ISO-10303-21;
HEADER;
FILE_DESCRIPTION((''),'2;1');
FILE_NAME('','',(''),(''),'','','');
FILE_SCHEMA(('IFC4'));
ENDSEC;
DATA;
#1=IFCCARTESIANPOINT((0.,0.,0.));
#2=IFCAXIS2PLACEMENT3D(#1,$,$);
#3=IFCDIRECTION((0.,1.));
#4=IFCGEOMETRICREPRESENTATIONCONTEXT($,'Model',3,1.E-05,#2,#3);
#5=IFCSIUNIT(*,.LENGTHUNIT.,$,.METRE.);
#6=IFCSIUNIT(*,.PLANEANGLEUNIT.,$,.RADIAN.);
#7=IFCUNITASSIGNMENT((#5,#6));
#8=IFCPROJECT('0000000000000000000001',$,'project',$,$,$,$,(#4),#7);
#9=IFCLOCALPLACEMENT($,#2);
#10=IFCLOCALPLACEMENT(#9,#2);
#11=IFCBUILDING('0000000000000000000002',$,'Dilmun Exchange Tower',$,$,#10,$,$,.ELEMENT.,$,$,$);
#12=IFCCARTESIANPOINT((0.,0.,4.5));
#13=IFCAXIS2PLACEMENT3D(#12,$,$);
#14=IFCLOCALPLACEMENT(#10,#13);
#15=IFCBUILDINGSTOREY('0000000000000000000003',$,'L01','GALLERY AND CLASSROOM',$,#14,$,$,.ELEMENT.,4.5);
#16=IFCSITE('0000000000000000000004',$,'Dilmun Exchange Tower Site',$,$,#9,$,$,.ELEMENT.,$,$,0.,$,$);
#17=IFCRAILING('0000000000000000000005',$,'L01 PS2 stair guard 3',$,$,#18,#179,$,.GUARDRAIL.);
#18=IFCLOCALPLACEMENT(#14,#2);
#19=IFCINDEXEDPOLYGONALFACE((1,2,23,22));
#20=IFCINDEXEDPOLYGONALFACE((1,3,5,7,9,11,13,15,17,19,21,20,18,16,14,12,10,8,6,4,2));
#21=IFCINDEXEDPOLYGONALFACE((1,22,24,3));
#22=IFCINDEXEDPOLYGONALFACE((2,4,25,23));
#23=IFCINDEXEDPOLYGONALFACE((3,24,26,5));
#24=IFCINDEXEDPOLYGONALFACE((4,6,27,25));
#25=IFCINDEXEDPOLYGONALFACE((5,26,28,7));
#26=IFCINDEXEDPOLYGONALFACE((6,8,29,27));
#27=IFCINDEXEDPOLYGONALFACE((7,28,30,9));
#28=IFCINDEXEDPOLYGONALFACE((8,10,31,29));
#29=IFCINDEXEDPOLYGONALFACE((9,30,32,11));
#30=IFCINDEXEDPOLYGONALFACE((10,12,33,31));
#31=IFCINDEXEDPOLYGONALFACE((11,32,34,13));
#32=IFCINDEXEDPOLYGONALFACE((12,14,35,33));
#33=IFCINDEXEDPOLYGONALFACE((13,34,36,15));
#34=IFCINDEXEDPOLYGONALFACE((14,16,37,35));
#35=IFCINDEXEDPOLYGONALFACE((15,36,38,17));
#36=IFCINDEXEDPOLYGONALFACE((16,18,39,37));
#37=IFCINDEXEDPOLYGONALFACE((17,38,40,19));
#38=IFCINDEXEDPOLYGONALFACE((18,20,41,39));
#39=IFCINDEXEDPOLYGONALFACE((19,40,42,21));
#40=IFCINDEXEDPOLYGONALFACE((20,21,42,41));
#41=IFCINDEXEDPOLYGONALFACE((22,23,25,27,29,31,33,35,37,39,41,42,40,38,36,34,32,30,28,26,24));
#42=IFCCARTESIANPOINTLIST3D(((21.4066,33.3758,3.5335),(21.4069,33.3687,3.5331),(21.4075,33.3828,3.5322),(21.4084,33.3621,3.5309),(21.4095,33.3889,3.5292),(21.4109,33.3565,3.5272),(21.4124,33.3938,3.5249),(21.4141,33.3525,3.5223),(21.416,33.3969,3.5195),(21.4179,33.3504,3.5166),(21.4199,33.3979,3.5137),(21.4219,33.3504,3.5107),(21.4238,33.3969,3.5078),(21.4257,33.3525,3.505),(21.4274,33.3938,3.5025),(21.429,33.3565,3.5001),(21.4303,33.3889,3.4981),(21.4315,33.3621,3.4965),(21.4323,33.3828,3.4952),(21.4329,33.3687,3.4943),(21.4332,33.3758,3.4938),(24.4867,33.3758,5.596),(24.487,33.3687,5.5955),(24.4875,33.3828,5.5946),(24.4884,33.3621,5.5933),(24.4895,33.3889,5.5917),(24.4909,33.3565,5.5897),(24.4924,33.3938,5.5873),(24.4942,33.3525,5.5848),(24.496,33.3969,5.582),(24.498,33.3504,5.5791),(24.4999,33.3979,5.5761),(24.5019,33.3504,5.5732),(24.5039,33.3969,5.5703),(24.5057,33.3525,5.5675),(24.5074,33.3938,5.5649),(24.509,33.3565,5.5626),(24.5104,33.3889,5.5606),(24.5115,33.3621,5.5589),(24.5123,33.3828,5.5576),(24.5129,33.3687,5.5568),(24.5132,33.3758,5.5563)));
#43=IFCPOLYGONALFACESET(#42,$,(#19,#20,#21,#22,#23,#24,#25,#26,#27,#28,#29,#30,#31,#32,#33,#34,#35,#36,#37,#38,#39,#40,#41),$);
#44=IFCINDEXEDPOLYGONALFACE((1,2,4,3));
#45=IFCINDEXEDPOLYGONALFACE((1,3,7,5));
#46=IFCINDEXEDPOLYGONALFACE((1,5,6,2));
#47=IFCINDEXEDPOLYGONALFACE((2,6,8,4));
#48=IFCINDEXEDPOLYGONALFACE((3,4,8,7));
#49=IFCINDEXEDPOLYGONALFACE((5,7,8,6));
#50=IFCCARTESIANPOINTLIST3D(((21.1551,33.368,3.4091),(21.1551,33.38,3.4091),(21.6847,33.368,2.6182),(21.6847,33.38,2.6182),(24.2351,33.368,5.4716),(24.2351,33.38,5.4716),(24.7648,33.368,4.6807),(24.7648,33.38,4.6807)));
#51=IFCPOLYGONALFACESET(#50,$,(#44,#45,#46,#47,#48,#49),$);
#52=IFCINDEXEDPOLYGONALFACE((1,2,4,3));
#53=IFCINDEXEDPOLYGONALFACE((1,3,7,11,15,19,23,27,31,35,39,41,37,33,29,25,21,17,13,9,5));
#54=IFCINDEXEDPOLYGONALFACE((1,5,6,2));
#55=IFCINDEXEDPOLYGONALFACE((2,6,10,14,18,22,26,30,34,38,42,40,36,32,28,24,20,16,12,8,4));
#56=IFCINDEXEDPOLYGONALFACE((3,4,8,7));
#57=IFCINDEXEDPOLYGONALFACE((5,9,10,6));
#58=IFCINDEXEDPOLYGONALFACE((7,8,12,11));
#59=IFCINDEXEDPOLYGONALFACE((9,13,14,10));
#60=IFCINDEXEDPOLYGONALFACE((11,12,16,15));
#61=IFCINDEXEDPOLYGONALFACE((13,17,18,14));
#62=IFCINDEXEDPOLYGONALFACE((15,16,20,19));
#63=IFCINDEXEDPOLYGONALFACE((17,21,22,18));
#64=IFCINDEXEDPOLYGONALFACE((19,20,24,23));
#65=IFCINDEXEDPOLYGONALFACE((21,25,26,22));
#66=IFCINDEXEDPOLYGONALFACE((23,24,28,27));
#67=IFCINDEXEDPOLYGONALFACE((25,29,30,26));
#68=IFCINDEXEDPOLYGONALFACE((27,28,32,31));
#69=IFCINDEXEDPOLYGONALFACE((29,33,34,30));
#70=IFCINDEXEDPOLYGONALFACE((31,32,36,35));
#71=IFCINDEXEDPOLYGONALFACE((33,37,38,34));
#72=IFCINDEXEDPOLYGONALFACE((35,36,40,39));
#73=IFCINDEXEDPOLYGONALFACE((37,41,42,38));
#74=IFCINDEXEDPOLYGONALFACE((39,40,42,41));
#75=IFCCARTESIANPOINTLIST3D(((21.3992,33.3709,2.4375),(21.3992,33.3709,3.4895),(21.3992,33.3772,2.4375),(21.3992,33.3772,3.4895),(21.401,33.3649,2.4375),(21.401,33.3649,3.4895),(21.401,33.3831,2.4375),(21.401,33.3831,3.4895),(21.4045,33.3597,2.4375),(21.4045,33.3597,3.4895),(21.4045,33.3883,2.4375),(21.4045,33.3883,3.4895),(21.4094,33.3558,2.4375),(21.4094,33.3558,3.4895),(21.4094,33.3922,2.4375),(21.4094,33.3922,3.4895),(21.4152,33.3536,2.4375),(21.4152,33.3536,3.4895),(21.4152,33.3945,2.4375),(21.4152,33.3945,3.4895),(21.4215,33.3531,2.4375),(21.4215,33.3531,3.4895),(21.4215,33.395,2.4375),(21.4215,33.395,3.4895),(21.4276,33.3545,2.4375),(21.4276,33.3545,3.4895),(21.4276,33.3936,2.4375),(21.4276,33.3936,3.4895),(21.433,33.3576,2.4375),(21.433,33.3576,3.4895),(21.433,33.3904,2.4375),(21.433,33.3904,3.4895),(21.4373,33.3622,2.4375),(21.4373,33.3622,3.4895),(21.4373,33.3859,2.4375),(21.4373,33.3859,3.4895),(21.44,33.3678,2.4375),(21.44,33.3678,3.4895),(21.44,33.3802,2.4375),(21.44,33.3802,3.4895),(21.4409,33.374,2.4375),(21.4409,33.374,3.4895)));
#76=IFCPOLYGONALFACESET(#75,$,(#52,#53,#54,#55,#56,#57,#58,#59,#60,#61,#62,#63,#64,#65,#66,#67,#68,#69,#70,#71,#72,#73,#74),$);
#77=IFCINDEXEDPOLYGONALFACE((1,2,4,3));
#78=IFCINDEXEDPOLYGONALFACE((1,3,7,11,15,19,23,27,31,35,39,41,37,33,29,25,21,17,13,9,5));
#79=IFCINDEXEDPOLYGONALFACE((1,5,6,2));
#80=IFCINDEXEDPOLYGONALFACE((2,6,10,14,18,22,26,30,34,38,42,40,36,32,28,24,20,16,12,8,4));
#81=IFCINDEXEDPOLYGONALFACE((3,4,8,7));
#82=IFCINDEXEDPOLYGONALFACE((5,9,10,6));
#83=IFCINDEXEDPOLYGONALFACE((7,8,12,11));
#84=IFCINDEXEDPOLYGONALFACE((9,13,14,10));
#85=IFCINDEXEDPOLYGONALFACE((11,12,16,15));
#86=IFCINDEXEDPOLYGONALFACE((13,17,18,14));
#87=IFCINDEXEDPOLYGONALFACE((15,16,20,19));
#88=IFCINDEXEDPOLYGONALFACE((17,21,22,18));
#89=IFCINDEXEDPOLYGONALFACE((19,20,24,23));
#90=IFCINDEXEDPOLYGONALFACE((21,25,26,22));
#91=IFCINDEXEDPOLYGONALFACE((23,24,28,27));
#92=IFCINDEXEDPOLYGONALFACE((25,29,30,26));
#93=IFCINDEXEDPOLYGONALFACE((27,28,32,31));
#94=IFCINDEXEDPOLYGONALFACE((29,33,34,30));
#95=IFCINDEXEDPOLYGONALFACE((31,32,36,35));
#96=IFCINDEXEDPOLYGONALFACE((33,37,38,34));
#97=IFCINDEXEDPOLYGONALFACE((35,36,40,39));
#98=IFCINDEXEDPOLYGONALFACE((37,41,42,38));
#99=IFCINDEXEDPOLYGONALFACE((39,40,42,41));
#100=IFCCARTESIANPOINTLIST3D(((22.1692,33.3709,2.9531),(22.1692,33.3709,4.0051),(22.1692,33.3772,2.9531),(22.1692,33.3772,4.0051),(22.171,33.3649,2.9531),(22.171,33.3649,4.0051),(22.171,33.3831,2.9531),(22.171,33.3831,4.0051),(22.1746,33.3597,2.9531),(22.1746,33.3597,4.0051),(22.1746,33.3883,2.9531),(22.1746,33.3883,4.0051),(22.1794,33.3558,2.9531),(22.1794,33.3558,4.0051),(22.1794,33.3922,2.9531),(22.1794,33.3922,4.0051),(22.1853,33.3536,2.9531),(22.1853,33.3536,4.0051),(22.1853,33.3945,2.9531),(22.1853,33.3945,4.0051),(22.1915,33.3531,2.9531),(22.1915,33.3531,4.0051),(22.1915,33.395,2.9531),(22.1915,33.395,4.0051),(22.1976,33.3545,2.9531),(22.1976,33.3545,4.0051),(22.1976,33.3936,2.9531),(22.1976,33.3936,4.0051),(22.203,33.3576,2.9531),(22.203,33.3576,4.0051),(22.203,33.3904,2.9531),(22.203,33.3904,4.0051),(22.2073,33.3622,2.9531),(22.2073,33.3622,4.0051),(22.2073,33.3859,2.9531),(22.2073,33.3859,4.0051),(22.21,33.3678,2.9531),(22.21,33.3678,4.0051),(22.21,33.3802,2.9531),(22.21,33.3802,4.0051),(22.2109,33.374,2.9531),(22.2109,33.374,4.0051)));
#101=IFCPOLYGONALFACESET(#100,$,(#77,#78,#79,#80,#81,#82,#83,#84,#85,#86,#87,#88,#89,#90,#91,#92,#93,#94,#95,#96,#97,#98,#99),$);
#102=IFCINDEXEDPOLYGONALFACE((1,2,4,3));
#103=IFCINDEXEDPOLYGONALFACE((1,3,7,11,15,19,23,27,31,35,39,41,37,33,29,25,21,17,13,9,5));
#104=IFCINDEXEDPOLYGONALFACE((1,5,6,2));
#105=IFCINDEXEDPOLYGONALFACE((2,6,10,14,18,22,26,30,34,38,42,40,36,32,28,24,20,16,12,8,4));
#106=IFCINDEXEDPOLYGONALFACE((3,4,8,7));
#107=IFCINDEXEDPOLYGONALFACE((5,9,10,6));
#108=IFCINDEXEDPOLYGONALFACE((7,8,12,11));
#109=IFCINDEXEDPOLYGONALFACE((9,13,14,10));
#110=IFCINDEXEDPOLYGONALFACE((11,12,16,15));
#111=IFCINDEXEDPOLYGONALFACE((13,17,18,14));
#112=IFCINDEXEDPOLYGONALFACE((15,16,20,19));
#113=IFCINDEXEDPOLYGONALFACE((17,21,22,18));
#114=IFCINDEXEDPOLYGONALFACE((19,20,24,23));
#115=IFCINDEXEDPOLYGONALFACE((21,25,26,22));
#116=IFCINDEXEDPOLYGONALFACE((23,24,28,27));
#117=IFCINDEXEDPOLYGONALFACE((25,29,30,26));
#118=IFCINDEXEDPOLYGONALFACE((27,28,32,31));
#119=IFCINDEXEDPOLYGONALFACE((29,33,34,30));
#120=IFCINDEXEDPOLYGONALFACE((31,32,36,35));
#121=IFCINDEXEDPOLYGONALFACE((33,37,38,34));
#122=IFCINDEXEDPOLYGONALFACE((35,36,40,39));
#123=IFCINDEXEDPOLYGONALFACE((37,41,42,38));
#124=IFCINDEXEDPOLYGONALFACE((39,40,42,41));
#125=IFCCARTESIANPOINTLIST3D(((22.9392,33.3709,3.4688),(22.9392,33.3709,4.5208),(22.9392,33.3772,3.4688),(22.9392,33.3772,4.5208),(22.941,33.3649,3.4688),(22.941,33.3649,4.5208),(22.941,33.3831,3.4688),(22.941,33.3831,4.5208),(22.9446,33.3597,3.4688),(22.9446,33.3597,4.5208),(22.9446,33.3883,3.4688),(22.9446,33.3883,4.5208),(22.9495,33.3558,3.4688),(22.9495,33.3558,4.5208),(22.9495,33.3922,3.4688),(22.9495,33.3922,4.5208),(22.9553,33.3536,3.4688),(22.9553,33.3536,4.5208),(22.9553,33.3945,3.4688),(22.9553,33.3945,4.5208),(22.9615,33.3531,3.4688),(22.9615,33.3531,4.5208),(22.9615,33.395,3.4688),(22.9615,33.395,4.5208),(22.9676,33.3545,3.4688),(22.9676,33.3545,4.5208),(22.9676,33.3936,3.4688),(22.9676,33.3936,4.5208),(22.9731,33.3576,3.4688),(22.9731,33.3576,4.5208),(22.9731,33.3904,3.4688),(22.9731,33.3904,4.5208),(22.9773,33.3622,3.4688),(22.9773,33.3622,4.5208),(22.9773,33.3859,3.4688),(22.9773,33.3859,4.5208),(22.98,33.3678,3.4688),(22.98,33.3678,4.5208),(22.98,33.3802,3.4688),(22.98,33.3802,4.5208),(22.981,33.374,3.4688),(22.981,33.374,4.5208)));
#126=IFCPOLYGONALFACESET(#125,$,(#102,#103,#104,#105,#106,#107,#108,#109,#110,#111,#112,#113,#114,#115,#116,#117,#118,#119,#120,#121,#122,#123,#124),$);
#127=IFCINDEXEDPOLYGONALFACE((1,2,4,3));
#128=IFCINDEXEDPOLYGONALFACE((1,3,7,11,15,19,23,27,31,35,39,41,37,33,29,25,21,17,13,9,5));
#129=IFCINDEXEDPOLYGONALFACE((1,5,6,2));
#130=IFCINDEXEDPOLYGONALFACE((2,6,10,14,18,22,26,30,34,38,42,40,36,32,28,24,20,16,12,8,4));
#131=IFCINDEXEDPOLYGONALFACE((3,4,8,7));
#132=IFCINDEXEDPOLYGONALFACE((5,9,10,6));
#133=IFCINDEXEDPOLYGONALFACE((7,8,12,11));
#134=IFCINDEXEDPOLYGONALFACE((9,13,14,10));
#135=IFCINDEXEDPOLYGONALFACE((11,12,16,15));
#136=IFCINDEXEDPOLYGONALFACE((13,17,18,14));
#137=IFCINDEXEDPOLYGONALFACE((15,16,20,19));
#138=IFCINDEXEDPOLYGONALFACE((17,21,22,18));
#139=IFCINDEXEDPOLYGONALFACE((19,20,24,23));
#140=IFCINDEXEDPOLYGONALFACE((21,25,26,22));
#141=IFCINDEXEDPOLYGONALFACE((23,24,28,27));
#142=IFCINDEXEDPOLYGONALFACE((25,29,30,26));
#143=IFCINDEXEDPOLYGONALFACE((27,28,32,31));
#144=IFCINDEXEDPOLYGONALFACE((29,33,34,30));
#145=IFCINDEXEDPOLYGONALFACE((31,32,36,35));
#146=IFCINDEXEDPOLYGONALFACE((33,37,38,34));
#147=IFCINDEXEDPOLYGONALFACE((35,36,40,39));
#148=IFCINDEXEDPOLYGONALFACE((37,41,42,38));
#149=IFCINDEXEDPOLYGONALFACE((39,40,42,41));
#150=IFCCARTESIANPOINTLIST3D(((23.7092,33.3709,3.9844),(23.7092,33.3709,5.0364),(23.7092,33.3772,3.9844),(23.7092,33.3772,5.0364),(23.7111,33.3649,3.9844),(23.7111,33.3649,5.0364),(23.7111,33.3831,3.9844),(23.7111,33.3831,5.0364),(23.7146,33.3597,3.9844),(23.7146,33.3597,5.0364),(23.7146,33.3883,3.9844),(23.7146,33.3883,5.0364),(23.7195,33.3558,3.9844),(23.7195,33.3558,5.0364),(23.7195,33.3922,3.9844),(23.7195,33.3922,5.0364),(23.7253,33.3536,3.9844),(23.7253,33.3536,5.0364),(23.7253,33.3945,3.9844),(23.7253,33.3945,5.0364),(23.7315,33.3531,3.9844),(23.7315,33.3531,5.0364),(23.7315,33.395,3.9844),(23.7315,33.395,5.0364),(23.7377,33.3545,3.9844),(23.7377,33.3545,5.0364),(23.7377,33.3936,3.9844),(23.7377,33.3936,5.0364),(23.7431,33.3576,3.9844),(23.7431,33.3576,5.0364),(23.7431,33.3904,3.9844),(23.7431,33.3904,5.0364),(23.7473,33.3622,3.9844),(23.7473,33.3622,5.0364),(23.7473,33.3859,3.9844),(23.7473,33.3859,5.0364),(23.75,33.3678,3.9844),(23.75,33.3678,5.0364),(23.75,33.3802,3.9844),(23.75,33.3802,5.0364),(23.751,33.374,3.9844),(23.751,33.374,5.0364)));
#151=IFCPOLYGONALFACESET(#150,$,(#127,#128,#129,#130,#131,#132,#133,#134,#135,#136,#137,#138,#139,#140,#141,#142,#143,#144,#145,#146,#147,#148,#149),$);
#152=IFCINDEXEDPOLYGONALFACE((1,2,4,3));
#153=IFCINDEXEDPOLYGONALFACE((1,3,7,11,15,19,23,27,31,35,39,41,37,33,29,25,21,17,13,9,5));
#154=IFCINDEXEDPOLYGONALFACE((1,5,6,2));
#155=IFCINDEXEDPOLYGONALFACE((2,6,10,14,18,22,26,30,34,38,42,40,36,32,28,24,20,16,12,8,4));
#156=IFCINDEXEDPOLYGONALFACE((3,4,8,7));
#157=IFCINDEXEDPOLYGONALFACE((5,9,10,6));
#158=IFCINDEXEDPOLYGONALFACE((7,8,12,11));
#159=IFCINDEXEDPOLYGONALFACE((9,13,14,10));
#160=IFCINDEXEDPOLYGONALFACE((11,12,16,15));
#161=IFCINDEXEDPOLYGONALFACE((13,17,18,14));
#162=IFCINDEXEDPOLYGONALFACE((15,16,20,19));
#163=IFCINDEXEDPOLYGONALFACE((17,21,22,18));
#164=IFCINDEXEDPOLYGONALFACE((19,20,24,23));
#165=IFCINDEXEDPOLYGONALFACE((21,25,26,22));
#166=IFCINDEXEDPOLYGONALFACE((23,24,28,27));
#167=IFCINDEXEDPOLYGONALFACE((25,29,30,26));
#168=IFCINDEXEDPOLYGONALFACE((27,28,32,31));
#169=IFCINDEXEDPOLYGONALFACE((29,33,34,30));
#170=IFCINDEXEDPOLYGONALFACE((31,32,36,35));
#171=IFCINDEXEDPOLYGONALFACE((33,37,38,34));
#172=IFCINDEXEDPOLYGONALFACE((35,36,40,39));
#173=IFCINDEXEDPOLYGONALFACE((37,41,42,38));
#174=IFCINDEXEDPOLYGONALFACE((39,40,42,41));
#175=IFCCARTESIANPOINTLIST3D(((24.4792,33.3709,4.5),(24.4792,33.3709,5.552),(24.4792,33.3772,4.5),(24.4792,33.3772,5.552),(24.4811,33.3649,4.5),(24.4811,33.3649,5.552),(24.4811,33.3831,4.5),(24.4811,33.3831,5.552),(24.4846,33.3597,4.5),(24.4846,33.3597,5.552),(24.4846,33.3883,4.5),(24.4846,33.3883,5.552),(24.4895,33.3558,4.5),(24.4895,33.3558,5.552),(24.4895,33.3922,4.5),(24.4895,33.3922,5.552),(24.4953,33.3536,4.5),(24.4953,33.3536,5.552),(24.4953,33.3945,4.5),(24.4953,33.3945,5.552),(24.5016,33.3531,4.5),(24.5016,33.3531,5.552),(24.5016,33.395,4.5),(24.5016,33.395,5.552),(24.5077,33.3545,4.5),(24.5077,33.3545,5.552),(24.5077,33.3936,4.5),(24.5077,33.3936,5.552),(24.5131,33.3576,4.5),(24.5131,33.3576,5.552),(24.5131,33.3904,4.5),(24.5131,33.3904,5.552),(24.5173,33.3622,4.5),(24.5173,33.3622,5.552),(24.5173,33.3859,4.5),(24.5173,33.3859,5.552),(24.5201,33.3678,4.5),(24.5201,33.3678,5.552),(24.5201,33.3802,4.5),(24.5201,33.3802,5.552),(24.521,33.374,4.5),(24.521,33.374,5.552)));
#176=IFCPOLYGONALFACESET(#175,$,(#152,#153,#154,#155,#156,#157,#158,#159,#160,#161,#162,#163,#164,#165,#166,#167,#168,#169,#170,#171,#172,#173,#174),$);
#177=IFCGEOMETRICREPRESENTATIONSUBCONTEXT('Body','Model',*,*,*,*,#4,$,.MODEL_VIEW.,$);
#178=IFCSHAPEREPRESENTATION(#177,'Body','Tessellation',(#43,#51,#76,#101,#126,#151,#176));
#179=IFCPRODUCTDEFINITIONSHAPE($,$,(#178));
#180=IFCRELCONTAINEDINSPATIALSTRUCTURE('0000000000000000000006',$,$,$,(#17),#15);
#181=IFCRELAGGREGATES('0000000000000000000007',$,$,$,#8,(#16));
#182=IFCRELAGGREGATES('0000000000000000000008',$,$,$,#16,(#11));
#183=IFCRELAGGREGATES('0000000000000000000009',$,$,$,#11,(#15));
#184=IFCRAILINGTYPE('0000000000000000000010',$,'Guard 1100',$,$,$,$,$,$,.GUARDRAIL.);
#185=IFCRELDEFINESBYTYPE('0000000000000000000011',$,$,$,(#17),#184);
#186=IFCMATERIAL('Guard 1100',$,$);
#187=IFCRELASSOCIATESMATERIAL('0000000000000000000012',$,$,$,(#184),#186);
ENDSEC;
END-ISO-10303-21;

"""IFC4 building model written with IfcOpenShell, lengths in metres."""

from ifc_helpers import new_model, si_unit, direction, frame, origin, origin_2d, place, context, subcontext, project, spatial, rectangle, circle, extrude, material, type_object, element, save


model = new_model("IFC4")

# Units and contexts
model_context = context("Model", 3, precision=1e-05, world=origin(), true_north=direction((0.0, 1.0)))
body_context = subcontext(model_context, "Body", "Model", "MODEL_VIEW")
ifc_project = project(units=[si_unit("LENGTHUNIT", "METRE"), si_unit("PLANEANGLEUNIT", "RADIAN")], contexts=[model_context])

# Site, building, storey
site_placement = place(None, origin())
site = spatial("IfcSite", under=ifc_project, at=site_placement, Name="Dilmun Exchange Tower Site", CompositionType="ELEMENT", RefElevation=0.0)
building_placement = place(site_placement, origin())
building = spatial("IfcBuilding", under=site, at=building_placement, Name="Dilmun Exchange Tower", CompositionType="ELEMENT")
storey_placement = place(building_placement, frame((0.0, 0.0, 4.5)))
storey = spatial("IfcBuildingStorey", under=building, at=storey_placement, Name="L01", Description="GALLERY AND CLASSROOM", CompositionType="ELEMENT", Elevation=4.5)

# Railing
ifc_material_1 = material(Name="Guard 1100")
railing_type_1 = type_object("IfcRailingType", Name="Guard 1100", PredefinedType="GUARDRAIL", material=ifc_material_1)
railing_1_placement = place(storey_placement, frame((21.4199, 33.374, 2.4375)))
element("IfcRailing", 1, at=railing_1_placement, inside=storey, type_object=railing_type_1, Name="L01 PS2 stair guard 3", PredefinedType="GUARDRAIL", context=body_context, shape_type="SweptSolid", body=[
    extrude(circle(Radius=0.0239, at=origin_2d()), frame((0.0, 0.0, 1.0762), z_axis=(0.830914, 0.0, 0.556401), x_axis=(0.0, 1.0, 0.0)), (0.0, 0.0, 1.0), 3.7068),
    extrude(rectangle(XDim=0.012, YDim=0.9519, at=origin_2d()), frame((0.0, 0.0, 0.5762), z_axis=(0.830914, 0.0, 0.556401), x_axis=(0.0, 1.0, 0.0)), (0.0, 0.0, 1.0), 3.7068),
    extrude(circle(Radius=0.021, at=origin_2d()), origin(), (0.0, 0.0, 1.0), 1.052),
    extrude(circle(Radius=0.021, at=origin_2d()), frame((0.77, 0.0, 0.5156)), (0.0, 0.0, 1.0), 1.052),
    extrude(circle(Radius=0.021, at=origin_2d()), frame((1.54, 0.0, 1.0312)), (0.0, 0.0, 1.0), 1.052),
    extrude(circle(Radius=0.021, at=origin_2d()), frame((2.3101, 0.0, 1.5469)), (0.0, 0.0, 1.0), 1.052),
    extrude(circle(Radius=0.021, at=origin_2d()), frame((3.0801, 0.0, 2.0625)), (0.0, 0.0, 1.0), 1.052),
])

save(model, "model.ifc")
